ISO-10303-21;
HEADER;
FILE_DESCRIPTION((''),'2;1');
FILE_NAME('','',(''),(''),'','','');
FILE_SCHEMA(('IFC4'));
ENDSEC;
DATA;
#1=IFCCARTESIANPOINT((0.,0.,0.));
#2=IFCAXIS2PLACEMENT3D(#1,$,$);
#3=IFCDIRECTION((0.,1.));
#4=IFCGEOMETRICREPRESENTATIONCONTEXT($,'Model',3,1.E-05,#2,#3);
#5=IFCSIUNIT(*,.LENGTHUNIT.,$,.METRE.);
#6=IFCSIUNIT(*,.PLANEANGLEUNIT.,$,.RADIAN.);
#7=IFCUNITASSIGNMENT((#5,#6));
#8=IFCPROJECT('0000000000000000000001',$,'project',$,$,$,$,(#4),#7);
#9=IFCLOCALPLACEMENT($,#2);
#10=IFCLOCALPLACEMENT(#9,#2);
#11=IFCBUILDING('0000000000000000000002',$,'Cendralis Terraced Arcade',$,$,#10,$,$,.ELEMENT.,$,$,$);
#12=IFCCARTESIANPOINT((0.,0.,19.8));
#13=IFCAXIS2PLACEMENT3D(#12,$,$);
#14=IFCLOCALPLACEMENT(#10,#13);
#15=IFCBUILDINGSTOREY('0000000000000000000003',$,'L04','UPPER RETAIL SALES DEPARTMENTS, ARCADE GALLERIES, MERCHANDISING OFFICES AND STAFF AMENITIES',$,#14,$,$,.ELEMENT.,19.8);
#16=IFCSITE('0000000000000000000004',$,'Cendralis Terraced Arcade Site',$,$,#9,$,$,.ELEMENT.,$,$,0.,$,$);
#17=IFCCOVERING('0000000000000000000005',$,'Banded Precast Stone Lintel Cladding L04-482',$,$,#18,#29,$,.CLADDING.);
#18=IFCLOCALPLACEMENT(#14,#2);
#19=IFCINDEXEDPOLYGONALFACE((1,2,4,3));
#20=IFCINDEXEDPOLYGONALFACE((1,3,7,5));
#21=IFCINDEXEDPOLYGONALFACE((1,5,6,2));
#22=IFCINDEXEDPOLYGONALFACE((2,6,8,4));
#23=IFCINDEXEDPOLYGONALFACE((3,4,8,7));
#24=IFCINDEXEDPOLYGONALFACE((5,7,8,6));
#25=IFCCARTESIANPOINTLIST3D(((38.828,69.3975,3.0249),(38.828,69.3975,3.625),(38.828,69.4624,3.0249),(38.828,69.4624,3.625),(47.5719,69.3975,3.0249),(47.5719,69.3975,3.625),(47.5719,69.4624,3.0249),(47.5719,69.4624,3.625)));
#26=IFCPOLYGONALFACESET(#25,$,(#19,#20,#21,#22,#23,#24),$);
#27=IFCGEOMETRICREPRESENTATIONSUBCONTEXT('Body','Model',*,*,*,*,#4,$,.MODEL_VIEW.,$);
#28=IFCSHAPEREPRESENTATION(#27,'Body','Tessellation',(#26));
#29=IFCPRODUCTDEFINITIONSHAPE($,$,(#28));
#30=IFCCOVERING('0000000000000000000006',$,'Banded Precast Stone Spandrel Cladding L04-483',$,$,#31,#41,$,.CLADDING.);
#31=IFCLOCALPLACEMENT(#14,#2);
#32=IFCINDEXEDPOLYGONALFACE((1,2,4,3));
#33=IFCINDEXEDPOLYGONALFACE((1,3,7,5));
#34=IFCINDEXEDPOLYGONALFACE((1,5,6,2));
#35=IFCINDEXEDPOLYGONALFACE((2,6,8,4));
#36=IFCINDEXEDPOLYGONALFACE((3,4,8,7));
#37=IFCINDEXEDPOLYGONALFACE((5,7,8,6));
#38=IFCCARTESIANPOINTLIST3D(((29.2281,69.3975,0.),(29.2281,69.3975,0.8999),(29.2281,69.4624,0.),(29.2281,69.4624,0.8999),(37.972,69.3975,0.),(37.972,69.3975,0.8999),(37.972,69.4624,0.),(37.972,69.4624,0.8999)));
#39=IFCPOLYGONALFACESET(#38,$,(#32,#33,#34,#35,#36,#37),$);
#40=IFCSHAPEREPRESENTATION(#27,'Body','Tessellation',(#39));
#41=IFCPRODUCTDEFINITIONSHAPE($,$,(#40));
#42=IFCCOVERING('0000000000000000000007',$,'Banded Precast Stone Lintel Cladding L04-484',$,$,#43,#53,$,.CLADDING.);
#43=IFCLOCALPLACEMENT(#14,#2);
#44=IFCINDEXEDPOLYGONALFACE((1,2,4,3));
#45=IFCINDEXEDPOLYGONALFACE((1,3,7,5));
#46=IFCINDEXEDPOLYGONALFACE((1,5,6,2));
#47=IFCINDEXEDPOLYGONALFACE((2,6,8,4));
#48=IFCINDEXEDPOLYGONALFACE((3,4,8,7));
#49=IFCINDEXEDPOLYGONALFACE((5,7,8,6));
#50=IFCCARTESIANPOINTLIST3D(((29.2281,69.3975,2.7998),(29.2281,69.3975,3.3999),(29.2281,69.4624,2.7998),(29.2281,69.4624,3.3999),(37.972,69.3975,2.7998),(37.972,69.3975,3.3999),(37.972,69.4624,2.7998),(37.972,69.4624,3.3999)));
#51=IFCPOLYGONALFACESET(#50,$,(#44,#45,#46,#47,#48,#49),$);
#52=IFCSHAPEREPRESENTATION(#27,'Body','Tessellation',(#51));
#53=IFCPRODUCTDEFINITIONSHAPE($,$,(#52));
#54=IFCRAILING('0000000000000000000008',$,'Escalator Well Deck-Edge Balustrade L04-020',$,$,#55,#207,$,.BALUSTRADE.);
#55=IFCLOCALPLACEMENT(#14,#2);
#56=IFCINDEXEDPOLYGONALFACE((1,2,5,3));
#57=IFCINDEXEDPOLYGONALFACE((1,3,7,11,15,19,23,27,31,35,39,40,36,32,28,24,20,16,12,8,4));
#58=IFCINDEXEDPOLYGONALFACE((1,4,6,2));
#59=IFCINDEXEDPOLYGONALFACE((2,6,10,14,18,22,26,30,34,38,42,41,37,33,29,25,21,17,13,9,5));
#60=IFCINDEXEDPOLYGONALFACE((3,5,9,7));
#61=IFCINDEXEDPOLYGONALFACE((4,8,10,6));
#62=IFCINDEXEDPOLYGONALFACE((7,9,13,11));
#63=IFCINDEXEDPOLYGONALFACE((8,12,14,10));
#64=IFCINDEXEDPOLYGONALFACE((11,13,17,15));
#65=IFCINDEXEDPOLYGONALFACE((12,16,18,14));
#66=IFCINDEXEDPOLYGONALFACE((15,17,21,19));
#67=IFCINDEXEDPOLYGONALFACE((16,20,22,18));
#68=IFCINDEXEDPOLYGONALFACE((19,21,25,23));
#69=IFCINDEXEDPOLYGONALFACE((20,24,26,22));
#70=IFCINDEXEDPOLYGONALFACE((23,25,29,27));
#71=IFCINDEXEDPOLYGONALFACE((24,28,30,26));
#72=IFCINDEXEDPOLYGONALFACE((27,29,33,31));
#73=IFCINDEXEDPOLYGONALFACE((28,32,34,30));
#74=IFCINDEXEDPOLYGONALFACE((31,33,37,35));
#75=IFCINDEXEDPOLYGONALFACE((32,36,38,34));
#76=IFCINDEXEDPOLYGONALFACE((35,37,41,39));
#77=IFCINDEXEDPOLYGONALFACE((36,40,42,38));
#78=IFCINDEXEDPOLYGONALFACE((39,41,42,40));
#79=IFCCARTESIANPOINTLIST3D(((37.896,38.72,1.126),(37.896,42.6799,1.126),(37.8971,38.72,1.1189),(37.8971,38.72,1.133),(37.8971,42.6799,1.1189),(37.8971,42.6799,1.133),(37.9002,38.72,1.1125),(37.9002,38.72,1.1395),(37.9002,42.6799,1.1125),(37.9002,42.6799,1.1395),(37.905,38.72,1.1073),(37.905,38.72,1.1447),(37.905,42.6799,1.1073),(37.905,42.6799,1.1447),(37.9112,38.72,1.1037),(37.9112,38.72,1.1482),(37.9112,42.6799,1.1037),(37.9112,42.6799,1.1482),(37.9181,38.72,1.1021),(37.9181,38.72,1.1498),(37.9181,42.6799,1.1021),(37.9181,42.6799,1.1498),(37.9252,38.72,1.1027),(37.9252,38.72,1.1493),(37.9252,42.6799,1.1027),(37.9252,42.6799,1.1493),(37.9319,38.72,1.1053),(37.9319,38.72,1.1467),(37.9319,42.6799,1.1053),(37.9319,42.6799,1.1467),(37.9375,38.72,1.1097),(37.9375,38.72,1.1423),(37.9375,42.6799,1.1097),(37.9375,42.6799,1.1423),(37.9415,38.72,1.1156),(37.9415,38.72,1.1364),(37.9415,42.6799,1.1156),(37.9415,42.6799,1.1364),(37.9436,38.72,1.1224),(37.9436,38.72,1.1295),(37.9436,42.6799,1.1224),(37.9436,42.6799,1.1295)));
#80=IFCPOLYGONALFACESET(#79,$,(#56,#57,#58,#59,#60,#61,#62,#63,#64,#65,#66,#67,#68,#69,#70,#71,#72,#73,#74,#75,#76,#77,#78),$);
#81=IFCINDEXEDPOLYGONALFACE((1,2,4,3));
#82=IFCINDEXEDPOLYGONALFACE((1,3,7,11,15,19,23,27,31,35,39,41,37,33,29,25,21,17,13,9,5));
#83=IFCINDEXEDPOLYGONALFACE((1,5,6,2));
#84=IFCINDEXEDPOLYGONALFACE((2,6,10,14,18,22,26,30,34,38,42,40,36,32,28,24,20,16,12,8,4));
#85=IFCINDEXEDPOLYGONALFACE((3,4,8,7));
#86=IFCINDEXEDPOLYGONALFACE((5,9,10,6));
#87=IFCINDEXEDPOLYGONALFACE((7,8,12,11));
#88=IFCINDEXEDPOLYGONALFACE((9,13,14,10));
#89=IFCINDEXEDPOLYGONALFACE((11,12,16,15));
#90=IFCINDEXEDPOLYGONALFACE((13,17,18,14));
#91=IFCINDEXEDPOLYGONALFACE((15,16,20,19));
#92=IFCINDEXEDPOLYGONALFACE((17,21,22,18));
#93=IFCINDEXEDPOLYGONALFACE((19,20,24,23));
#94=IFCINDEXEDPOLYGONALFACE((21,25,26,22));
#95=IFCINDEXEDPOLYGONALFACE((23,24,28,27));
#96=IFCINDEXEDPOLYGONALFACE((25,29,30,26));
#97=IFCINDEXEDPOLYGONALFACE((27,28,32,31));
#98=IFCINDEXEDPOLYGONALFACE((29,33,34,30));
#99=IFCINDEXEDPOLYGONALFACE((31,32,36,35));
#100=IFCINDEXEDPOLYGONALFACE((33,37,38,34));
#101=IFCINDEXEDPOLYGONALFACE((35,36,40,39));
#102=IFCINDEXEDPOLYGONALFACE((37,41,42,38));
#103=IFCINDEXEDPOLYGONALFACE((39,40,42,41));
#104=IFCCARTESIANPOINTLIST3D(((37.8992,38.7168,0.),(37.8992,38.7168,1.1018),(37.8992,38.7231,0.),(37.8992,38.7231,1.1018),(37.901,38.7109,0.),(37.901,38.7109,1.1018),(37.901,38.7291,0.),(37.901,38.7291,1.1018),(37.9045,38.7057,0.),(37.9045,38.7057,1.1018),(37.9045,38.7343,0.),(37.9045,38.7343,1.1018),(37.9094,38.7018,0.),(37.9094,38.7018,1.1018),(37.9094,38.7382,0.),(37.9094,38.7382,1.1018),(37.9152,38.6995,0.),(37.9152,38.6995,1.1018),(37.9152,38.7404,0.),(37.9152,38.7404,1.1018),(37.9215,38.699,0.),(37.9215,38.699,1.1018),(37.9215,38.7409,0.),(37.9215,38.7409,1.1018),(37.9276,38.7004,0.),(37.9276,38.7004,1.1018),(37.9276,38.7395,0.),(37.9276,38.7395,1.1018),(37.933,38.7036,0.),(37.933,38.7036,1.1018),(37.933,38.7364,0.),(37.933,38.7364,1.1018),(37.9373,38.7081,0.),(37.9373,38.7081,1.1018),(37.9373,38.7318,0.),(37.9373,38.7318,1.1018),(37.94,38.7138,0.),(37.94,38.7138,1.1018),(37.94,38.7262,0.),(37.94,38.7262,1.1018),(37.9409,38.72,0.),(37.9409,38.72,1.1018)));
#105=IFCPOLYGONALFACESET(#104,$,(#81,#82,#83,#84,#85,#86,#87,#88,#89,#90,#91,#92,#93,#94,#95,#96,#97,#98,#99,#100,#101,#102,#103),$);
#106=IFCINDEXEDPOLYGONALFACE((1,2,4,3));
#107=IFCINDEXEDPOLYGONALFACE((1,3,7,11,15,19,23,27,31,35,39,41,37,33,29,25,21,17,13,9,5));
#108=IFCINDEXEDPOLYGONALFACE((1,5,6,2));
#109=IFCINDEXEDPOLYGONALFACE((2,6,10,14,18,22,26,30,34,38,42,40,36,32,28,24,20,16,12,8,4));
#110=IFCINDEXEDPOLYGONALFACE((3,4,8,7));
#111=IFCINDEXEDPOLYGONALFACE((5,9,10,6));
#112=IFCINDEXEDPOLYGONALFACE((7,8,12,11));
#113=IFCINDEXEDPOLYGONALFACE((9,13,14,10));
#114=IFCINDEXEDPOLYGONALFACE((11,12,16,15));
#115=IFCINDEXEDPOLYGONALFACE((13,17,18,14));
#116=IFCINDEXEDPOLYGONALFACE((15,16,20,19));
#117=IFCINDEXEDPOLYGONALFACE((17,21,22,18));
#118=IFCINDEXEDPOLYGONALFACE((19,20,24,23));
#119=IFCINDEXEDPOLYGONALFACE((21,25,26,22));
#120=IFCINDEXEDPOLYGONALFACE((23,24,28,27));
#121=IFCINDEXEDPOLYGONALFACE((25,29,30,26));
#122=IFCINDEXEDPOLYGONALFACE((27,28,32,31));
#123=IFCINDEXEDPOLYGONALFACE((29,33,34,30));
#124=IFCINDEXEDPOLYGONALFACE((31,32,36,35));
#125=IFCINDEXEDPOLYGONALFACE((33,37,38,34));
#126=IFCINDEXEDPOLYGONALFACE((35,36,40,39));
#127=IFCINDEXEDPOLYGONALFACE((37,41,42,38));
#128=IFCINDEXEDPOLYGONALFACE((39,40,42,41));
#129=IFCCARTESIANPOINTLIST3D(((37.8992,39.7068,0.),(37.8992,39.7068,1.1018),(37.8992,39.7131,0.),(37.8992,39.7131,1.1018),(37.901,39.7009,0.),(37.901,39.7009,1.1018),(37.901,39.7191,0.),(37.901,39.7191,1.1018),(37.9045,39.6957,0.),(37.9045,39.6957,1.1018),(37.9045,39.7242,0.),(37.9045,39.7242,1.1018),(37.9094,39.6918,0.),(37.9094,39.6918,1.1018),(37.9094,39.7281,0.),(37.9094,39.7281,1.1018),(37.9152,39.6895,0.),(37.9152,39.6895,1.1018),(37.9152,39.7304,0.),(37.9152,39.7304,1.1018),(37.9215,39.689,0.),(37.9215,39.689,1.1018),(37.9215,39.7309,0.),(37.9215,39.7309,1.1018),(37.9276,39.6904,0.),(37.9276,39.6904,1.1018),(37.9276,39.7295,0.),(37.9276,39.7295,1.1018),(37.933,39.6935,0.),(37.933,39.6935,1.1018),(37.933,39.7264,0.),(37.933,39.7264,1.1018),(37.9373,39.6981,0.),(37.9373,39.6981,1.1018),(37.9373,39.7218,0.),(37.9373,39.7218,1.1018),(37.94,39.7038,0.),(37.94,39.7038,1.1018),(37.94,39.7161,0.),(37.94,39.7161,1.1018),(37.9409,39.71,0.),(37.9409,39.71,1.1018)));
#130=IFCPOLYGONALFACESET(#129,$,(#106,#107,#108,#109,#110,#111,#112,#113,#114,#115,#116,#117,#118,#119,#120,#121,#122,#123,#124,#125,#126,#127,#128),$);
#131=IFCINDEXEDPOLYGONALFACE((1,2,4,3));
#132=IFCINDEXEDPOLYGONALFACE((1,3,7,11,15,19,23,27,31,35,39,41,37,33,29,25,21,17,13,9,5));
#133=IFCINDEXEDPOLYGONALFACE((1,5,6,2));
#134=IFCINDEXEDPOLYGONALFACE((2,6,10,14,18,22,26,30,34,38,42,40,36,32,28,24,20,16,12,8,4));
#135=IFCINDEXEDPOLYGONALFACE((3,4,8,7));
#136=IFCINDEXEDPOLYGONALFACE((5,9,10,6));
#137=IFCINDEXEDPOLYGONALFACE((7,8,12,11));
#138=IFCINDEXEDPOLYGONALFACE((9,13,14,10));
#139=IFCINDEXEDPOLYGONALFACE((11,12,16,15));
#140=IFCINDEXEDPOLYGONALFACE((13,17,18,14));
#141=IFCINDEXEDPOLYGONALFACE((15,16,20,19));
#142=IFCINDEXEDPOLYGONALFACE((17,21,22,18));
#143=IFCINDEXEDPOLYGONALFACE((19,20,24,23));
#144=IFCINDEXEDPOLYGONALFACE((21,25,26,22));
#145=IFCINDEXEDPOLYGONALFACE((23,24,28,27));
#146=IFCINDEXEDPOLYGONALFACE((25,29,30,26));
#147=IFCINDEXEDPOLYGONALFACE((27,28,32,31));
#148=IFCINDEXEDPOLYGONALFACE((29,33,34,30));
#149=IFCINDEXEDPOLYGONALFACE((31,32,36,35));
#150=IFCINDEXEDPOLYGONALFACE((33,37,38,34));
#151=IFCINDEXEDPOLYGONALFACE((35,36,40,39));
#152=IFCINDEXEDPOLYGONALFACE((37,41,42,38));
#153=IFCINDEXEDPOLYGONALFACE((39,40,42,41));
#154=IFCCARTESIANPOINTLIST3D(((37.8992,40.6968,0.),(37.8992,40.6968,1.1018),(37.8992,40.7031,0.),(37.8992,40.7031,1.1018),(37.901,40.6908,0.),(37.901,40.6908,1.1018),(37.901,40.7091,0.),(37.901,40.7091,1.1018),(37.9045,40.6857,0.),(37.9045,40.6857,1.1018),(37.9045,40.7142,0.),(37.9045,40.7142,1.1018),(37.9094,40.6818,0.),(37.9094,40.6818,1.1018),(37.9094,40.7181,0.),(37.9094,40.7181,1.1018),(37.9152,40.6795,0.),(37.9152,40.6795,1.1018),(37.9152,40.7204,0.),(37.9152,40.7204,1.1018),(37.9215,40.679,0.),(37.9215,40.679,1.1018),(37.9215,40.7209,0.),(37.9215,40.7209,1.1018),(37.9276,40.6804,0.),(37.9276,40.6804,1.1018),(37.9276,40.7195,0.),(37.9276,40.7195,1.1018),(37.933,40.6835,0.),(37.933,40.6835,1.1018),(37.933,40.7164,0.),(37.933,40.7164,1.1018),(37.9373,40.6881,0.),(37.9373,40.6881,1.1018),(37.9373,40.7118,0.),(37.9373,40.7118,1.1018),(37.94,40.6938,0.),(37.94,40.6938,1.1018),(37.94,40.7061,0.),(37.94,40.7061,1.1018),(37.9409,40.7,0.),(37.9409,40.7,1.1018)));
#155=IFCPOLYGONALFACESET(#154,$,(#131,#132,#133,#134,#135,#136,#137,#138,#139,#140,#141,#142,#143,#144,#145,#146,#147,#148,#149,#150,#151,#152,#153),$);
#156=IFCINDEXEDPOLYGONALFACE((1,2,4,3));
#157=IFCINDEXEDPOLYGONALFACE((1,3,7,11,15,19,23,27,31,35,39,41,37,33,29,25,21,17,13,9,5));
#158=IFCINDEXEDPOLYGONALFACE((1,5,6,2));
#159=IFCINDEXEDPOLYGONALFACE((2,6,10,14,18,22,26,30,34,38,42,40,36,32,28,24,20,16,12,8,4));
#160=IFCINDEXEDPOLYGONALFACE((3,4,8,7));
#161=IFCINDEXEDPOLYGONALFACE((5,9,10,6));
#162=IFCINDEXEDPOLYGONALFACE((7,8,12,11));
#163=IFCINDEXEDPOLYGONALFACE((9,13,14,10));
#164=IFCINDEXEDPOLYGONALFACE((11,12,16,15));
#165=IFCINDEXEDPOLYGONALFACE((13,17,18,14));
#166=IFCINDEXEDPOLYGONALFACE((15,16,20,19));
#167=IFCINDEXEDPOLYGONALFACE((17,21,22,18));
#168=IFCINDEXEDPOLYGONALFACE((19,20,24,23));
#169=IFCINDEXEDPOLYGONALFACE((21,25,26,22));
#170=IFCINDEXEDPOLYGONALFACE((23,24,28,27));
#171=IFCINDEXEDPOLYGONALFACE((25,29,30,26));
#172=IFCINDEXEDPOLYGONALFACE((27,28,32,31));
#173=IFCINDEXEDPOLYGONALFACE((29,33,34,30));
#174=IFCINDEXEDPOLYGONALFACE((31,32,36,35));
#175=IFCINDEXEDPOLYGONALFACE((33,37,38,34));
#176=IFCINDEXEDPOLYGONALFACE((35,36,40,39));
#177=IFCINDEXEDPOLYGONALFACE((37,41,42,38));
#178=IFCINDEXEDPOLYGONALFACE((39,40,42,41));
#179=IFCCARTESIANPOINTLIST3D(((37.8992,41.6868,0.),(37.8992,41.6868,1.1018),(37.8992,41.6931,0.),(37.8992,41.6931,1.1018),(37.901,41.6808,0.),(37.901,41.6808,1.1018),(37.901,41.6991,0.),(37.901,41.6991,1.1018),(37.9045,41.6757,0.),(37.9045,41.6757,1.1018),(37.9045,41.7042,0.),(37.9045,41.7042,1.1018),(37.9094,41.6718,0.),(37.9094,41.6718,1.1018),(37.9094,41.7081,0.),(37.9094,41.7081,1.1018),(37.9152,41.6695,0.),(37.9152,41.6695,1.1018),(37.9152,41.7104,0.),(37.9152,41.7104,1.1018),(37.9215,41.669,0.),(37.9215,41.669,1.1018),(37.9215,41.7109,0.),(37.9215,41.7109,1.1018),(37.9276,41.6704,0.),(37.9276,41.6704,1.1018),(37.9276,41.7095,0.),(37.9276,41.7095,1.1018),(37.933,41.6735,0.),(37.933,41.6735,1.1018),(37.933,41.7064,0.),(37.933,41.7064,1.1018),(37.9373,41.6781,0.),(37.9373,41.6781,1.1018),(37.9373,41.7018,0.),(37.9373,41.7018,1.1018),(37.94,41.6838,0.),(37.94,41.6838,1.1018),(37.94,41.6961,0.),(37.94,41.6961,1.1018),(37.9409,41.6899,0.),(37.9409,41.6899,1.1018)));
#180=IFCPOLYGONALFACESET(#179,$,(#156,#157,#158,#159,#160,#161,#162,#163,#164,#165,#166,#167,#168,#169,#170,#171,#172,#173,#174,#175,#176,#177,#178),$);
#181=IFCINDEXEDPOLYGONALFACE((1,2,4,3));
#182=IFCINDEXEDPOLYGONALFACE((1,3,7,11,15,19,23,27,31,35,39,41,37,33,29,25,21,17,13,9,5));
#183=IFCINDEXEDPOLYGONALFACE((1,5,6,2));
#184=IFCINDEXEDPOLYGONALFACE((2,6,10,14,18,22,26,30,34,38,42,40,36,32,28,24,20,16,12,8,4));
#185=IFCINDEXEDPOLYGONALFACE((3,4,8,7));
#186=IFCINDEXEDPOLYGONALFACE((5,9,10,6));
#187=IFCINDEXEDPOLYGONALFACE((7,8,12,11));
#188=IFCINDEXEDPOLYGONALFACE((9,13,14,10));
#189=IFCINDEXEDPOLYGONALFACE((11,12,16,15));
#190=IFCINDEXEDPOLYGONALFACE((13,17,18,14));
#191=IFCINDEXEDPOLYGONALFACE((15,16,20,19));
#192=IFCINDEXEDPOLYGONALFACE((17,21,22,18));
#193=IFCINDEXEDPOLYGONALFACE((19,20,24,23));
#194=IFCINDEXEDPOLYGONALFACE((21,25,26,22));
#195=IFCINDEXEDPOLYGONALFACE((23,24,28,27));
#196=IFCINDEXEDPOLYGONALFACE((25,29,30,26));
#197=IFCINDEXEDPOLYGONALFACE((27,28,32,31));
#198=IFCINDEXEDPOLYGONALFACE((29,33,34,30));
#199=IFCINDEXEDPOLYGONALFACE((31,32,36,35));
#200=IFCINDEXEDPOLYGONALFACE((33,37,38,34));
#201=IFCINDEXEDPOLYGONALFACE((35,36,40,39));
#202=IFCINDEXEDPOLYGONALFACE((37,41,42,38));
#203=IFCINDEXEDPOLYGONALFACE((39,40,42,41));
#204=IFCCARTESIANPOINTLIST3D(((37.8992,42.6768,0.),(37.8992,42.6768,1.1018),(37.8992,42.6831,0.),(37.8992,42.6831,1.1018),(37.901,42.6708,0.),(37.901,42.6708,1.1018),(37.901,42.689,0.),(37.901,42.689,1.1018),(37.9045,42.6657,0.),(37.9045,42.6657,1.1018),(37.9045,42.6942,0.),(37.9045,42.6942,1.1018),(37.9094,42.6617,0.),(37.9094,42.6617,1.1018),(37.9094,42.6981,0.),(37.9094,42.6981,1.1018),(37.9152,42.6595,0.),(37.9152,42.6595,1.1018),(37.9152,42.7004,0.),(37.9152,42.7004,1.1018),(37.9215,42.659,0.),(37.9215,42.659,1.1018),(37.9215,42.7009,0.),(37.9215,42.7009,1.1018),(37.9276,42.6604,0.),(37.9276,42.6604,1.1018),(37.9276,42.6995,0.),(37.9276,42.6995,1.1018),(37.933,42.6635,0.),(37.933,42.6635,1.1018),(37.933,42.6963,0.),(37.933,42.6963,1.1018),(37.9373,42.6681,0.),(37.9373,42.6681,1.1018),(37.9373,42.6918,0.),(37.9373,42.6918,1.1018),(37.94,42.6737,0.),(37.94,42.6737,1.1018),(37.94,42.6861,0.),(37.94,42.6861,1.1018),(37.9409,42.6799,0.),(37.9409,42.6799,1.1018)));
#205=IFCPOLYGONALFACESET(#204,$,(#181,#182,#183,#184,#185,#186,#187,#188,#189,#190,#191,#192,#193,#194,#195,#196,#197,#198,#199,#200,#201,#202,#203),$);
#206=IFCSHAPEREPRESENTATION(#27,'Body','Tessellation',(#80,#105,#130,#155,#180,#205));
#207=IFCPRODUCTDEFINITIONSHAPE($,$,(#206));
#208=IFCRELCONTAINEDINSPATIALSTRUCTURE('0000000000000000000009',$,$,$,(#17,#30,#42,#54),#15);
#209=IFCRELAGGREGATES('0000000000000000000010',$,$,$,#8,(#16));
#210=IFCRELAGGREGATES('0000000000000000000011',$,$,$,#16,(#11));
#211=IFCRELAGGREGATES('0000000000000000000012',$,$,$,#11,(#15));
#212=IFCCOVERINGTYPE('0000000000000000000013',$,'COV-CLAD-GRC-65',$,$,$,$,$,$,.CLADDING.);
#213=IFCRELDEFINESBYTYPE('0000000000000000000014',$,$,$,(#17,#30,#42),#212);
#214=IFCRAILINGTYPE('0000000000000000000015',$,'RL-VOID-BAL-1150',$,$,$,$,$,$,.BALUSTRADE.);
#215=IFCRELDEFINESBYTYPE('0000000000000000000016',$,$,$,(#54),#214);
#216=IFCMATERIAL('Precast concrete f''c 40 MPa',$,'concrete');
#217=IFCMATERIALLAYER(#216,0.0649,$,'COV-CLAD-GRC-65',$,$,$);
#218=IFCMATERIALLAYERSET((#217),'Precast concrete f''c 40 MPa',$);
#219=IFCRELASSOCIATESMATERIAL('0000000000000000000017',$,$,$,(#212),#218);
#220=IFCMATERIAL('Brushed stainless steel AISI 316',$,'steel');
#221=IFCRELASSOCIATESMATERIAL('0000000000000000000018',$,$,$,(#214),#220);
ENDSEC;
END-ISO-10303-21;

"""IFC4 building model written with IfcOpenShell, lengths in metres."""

from ifc_helpers import new_model, si_unit, direction, frame, origin, origin_2d, place, context, subcontext, project, spatial, rectangle, circle, extrude, material, layer, layer_set, type_object, element, save


model = new_model("IFC4")

# Units and contexts
model_context = context("Model", 3, precision=1e-05, world=origin(), true_north=direction((0.0, 1.0)))
body_context = subcontext(model_context, "Body", "Model", "MODEL_VIEW")
ifc_project = project(units=[si_unit("LENGTHUNIT", "METRE"), si_unit("PLANEANGLEUNIT", "RADIAN")], contexts=[model_context])

# Site, building, storey
site_placement = place(None, origin())
site = spatial("IfcSite", under=ifc_project, at=site_placement, Name="Cendralis Terraced Arcade Site", CompositionType="ELEMENT", RefElevation=0.0)
building_placement = place(site_placement, origin())
building = spatial("IfcBuilding", under=site, at=building_placement, Name="Cendralis Terraced Arcade", CompositionType="ELEMENT")
storey_placement = place(building_placement, frame((0.0, 0.0, 19.8)))
storey = spatial("IfcBuildingStorey", under=building, at=storey_placement, Name="L04", Description="UPPER RETAIL SALES DEPARTMENTS, ARCADE GALLERIES, MERCHANDISING OFFICES AND STAFF AMENITIES", CompositionType="ELEMENT", Elevation=19.8)

# Shared definitions
ifc_material_1 = material(Name="Precast concrete f'c 40 MPa", Category="concrete")

# Coverings
ifc_layer_1 = layer(ifc_material_1, 0.0649, Name="COV-CLAD-GRC-65")
ifc_layer_set_1 = layer_set([ifc_layer_1], Name="Precast concrete f'c 40 MPa")
covering_type = type_object("IfcCoveringType", Name="COV-CLAD-GRC-65", PredefinedType="CLADDING", material=ifc_layer_set_1)
covering_1_placement = place(storey_placement, frame((43.2, 69.4299, 3.0249), z_axis=(0.0, 0.0, 1.0), x_axis=(-1.0, 0.0, 0.0)))
element("IfcCovering", 1, at=covering_1_placement, inside=storey, type_object=covering_type, Name="Banded Precast Stone Lintel Cladding L04-482", PredefinedType="CLADDING", context=body_context, shape_type="SweptSolid", body=[
    extrude(rectangle(XDim=8.7439, YDim=0.0649, at=origin_2d()), origin(), (0.0, 0.0, 1.0), 0.6001),
])
covering_2_placement = place(storey_placement, frame((33.6001, 69.4299, 0.0), z_axis=(0.0, 0.0, 1.0), x_axis=(-1.0, 0.0, 0.0)))
element("IfcCovering", 2, at=covering_2_placement, inside=storey, type_object=covering_type, Name="Banded Precast Stone Spandrel Cladding L04-483", PredefinedType="CLADDING", context=body_context, shape_type="SweptSolid", body=[
    extrude(rectangle(XDim=8.7439, YDim=0.0649, at=origin_2d()), origin(), (0.0, 0.0, 1.0), 0.8999),
])
covering_3_placement = place(storey_placement, frame((33.6001, 69.4299, 2.7998), z_axis=(0.0, 0.0, 1.0), x_axis=(-1.0, 0.0, 0.0)))
element("IfcCovering", 3, at=covering_3_placement, inside=storey, type_object=covering_type, Name="Banded Precast Stone Lintel Cladding L04-484", PredefinedType="CLADDING", context=body_context, shape_type="SweptSolid", body=[
    extrude(rectangle(XDim=8.7439, YDim=0.0649, at=origin_2d()), origin(), (0.0, 0.0, 1.0), 0.6001),
])

# Railing
ifc_material_2 = material(Name="Brushed stainless steel AISI 316", Category="steel")
railing_type_1 = type_object("IfcRailingType", Name="RL-VOID-BAL-1150", PredefinedType="BALUSTRADE", material=ifc_material_2)
railing_1_placement = place(storey_placement, frame((37.9199, 38.72, 0.0)))
element("IfcRailing", 4, at=railing_1_placement, inside=storey, type_object=railing_type_1, Name="Escalator Well Deck-Edge Balustrade L04-020", PredefinedType="BALUSTRADE", context=body_context, shape_type="SweptSolid", body=[
    extrude(circle(Radius=0.0239, at=origin_2d()), frame((0.0, 0.0, 1.126), z_axis=(0.0, 1.0, 0.0), x_axis=(-1.0, 0.0, 0.0)), (0.0, 0.0, 1.0), 3.96),
    extrude(circle(Radius=0.021, at=origin_2d()), origin(), (0.0, 0.0, 1.0), 1.1018),
    extrude(circle(Radius=0.021, at=origin_2d()), frame((0.0, 0.99, 0.0)), (0.0, 0.0, 1.0), 1.1018),
    extrude(circle(Radius=0.021, at=origin_2d()), frame((0.0, 1.98, 0.0)), (0.0, 0.0, 1.0), 1.1018),
    extrude(circle(Radius=0.021, at=origin_2d()), frame((0.0, 2.97, 0.0)), (0.0, 0.0, 1.0), 1.1018),
    extrude(circle(Radius=0.021, at=origin_2d()), frame((0.0, 3.96, 0.0)), (0.0, 0.0, 1.0), 1.1018),
])

save(model, "model.ifc")
